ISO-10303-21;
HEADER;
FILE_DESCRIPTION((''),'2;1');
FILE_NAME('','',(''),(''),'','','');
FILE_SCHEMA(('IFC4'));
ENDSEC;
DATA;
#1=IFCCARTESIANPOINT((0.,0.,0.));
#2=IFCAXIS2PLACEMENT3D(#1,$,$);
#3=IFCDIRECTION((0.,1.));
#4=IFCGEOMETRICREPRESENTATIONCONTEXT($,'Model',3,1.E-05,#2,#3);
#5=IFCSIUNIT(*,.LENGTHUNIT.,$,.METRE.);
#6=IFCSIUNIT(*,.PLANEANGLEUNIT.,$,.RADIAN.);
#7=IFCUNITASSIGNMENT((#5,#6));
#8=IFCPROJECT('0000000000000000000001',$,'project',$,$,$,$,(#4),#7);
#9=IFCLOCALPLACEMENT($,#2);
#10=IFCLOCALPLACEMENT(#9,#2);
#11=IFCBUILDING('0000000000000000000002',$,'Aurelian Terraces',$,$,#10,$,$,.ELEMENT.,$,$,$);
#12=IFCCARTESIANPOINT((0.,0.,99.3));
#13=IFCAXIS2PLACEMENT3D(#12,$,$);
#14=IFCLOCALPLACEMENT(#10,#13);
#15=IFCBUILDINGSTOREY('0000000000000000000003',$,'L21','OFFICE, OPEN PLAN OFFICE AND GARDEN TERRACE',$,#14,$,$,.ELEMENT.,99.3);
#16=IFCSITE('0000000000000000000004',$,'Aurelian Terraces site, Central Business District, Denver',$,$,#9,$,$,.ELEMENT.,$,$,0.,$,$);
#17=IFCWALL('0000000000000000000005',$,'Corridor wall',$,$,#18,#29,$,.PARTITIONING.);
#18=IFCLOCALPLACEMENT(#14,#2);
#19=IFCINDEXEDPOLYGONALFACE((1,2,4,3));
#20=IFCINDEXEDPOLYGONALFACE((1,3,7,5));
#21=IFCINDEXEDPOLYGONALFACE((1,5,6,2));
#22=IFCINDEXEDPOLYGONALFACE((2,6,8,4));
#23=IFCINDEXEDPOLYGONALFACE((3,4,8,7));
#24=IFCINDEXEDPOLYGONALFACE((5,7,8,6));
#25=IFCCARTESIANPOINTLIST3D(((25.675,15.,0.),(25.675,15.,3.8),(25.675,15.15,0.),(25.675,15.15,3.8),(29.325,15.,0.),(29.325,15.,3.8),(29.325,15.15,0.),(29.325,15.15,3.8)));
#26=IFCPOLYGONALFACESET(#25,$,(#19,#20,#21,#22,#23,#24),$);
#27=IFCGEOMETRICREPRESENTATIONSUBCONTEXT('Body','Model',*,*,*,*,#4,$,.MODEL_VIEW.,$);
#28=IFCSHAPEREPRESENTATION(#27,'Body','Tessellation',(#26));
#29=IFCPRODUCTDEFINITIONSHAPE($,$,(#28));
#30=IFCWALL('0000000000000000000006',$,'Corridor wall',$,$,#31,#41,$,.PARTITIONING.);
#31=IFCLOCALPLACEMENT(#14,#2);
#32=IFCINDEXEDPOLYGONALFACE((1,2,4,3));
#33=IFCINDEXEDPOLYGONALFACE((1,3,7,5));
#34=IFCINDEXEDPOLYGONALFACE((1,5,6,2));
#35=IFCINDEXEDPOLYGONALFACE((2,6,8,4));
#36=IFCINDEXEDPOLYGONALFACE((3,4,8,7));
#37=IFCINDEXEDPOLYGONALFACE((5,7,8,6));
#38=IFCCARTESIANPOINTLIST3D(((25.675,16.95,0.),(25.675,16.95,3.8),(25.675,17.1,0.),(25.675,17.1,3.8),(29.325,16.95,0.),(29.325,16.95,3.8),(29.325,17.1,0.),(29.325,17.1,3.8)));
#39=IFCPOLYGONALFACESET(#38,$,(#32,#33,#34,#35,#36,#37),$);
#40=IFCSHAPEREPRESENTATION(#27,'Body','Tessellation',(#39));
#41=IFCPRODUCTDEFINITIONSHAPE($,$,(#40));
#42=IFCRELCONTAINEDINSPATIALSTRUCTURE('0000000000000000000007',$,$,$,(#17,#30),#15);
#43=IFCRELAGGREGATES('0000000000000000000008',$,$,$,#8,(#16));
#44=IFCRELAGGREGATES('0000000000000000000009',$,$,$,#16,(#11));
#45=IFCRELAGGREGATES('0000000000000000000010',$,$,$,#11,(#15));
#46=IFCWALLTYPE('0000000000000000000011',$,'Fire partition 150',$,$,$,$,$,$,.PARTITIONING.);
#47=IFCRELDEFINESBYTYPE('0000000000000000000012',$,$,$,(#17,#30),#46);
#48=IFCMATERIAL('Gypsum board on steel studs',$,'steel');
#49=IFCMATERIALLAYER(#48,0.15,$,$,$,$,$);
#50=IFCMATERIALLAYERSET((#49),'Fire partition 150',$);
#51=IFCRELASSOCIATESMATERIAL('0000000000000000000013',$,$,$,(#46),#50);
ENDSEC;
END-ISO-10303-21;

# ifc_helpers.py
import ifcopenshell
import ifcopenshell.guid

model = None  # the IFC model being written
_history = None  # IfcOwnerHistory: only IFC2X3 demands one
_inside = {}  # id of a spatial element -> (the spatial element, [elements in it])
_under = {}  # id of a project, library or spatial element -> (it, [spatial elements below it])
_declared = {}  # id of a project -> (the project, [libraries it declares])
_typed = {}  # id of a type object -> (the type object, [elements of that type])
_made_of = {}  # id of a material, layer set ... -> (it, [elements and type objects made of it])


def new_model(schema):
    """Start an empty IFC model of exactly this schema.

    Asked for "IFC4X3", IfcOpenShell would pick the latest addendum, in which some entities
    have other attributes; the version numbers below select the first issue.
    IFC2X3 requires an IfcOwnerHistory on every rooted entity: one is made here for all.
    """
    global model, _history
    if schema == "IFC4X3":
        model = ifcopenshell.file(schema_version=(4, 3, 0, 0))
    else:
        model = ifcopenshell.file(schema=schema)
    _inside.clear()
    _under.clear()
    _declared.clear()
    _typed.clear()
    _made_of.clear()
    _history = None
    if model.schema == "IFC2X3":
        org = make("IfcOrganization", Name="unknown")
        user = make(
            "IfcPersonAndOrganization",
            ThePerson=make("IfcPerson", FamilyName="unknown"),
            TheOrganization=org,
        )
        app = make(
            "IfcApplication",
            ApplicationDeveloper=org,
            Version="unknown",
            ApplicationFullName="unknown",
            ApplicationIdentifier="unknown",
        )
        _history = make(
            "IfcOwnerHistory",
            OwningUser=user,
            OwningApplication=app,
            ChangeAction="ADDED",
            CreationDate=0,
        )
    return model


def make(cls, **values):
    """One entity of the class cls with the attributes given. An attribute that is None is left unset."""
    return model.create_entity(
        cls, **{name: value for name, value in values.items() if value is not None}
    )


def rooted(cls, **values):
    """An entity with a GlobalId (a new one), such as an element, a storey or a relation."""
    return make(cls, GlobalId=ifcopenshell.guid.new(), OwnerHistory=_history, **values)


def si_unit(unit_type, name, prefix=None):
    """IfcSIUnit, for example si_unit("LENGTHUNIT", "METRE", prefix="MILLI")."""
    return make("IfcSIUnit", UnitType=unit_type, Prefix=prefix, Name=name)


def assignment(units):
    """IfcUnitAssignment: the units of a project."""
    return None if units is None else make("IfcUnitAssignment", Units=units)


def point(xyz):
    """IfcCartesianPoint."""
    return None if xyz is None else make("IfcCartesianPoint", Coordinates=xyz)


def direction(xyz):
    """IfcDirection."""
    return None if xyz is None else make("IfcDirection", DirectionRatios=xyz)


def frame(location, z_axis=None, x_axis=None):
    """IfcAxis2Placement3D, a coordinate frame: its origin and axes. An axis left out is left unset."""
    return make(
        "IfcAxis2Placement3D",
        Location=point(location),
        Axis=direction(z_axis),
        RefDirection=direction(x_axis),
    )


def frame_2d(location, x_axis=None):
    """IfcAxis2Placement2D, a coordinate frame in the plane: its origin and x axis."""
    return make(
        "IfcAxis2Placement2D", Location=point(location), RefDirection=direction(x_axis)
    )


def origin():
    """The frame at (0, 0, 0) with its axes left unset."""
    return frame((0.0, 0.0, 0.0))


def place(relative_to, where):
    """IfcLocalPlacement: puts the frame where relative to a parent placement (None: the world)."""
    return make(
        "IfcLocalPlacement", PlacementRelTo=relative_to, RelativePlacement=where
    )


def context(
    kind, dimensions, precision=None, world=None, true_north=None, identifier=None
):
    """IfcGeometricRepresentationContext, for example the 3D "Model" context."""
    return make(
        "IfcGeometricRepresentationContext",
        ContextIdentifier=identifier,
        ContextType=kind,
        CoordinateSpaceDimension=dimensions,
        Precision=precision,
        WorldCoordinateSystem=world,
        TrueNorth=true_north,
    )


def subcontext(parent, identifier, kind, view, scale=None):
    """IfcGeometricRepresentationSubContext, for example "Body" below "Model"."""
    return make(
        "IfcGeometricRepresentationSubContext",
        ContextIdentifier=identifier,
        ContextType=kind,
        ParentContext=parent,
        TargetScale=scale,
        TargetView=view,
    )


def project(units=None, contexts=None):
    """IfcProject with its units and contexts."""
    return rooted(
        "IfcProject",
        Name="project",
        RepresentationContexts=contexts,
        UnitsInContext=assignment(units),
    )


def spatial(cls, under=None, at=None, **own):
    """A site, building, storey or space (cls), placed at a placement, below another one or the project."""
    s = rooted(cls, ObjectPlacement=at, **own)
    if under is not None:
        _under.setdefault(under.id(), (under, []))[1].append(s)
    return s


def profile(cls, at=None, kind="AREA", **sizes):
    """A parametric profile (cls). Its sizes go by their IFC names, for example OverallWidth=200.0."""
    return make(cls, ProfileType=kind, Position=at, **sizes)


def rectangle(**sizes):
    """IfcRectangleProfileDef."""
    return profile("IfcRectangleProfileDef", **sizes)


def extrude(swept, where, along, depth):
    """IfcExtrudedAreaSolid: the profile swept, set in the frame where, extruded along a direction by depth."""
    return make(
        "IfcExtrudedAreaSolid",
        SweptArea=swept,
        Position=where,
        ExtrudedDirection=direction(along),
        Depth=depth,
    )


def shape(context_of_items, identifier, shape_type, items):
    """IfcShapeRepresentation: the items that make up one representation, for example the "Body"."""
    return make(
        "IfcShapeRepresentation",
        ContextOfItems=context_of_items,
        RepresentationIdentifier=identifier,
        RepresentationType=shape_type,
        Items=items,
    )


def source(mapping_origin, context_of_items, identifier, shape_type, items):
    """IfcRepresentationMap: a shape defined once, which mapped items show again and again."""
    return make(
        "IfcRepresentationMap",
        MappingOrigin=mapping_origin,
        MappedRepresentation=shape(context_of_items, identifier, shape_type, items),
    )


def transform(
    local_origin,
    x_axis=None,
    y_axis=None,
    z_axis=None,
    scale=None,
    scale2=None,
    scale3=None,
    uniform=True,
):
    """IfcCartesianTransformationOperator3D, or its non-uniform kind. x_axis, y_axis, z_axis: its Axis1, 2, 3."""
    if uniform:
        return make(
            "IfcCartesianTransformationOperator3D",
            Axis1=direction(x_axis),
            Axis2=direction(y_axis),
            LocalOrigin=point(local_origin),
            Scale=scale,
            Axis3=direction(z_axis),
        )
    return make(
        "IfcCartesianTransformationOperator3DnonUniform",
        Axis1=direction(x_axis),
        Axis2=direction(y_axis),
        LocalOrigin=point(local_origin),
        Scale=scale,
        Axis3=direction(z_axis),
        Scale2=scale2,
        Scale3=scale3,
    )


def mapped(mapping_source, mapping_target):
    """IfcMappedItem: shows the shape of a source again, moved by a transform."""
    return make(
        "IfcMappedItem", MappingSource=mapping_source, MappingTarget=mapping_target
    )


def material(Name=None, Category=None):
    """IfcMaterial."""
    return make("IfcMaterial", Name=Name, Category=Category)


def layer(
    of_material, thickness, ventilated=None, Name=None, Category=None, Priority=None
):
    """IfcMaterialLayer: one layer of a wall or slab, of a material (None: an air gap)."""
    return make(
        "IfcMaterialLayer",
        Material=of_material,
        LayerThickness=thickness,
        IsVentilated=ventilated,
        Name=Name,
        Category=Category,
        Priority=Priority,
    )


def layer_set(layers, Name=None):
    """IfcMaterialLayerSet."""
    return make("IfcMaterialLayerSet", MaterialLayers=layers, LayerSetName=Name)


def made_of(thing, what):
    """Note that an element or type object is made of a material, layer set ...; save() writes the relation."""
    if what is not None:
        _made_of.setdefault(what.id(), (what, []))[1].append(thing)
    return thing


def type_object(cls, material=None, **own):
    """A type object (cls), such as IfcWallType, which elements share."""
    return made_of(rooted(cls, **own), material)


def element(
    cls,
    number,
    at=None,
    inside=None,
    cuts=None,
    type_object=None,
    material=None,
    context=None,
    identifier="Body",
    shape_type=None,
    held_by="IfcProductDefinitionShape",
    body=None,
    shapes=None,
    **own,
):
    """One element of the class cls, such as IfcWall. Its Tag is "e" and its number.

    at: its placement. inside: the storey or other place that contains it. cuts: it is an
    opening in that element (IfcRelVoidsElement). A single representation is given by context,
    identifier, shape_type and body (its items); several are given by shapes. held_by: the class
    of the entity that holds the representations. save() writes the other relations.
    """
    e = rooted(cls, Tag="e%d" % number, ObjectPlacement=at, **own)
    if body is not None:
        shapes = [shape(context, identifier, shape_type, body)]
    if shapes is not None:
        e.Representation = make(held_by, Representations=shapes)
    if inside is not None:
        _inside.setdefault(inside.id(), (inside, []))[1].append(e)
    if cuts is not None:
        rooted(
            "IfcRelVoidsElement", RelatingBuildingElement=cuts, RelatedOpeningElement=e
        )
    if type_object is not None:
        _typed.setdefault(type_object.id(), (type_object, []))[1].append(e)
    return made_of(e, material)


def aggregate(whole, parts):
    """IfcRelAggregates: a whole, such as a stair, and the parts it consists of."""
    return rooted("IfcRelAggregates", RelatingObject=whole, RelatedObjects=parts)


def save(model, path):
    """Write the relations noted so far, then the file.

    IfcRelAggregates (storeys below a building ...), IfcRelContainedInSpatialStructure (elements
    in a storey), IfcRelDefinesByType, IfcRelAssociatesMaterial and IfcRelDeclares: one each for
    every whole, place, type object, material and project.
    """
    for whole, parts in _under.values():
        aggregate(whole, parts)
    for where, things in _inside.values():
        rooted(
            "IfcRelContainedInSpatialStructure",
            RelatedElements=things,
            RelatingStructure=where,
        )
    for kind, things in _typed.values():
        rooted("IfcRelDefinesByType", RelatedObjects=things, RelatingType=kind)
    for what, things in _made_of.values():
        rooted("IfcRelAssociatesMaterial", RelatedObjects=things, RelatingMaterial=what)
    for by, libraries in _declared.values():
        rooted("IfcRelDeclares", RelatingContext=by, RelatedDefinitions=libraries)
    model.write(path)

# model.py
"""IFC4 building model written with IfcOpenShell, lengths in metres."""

from ifc_helpers import new_model, si_unit, direction, frame, frame_2d, origin, place, context, subcontext, project, spatial, rectangle, extrude, source, transform, mapped, material, layer, layer_set, type_object, element, save


model = new_model("IFC4")

# Units and contexts
model_context = context("Model", 3, precision=1e-05, world=origin(), true_north=direction((0.0, 1.0)))
body_context = subcontext(model_context, "Body", "Model", "MODEL_VIEW")
ifc_project = project(units=[si_unit("LENGTHUNIT", "METRE"), si_unit("PLANEANGLEUNIT", "RADIAN")], contexts=[model_context])

# Site, building, storey
site_placement = place(None, origin())
site = spatial("IfcSite", under=ifc_project, at=site_placement, Name="Aurelian Terraces site, Central Business District, Denver", CompositionType="ELEMENT", RefElevation=0.0)
building_placement = place(site_placement, origin())
building = spatial("IfcBuilding", under=site, at=building_placement, Name="Aurelian Terraces", CompositionType="ELEMENT")
storey_placement = place(building_placement, frame((0.0, 0.0, 99.3)))
storey = spatial("IfcBuildingStorey", under=building, at=storey_placement, Name="L21", Description="OFFICE, OPEN PLAN OFFICE AND GARDEN TERRACE", CompositionType="ELEMENT", Elevation=99.3)

# Shared definitions
ifc_material_1 = material(Name="Gypsum board on steel studs", Category="steel")

# Shared definitions
ifc_layer_1 = layer(ifc_material_1, 0.15)
ifc_layer_set_1 = layer_set([ifc_layer_1], Name="Fire partition 150")
wall_type_1 = type_object("IfcWallType", Name="Fire partition 150", PredefinedType="PARTITIONING", material=ifc_layer_set_1)

# Walls
shared_shape_1 = source(origin(), body_context, "Body", "SweptSolid", [
    extrude(rectangle(XDim=3.65, YDim=0.15, at=frame_2d((1.825, 0.0))), origin(), (0.0, 0.0, 1.0), 3.8),
])
for number, where, z_axis, x_axis, name in (
    (1, (29.325, 15.075, 0.0), (0.0, 0.0, 1.0), (-1.0, 0.0, 0.0), "Corridor wall"),
    (2, (25.675, 17.025, 0.0), (0.0, 0.0, 1.0), (1.0, 0.0, 0.0), "Corridor wall"),
):
    element("IfcWall", number, at=place(storey_placement, frame(where, z_axis=z_axis, x_axis=x_axis)), inside=storey, type_object=wall_type_1, Name=name, PredefinedType="PARTITIONING", context=body_context, shape_type="MappedRepresentation", body=[
        mapped(shared_shape_1, transform((0.0, 0.0, 0.0), scale=1.0)),
    ])

save(model, "model.ifc")
